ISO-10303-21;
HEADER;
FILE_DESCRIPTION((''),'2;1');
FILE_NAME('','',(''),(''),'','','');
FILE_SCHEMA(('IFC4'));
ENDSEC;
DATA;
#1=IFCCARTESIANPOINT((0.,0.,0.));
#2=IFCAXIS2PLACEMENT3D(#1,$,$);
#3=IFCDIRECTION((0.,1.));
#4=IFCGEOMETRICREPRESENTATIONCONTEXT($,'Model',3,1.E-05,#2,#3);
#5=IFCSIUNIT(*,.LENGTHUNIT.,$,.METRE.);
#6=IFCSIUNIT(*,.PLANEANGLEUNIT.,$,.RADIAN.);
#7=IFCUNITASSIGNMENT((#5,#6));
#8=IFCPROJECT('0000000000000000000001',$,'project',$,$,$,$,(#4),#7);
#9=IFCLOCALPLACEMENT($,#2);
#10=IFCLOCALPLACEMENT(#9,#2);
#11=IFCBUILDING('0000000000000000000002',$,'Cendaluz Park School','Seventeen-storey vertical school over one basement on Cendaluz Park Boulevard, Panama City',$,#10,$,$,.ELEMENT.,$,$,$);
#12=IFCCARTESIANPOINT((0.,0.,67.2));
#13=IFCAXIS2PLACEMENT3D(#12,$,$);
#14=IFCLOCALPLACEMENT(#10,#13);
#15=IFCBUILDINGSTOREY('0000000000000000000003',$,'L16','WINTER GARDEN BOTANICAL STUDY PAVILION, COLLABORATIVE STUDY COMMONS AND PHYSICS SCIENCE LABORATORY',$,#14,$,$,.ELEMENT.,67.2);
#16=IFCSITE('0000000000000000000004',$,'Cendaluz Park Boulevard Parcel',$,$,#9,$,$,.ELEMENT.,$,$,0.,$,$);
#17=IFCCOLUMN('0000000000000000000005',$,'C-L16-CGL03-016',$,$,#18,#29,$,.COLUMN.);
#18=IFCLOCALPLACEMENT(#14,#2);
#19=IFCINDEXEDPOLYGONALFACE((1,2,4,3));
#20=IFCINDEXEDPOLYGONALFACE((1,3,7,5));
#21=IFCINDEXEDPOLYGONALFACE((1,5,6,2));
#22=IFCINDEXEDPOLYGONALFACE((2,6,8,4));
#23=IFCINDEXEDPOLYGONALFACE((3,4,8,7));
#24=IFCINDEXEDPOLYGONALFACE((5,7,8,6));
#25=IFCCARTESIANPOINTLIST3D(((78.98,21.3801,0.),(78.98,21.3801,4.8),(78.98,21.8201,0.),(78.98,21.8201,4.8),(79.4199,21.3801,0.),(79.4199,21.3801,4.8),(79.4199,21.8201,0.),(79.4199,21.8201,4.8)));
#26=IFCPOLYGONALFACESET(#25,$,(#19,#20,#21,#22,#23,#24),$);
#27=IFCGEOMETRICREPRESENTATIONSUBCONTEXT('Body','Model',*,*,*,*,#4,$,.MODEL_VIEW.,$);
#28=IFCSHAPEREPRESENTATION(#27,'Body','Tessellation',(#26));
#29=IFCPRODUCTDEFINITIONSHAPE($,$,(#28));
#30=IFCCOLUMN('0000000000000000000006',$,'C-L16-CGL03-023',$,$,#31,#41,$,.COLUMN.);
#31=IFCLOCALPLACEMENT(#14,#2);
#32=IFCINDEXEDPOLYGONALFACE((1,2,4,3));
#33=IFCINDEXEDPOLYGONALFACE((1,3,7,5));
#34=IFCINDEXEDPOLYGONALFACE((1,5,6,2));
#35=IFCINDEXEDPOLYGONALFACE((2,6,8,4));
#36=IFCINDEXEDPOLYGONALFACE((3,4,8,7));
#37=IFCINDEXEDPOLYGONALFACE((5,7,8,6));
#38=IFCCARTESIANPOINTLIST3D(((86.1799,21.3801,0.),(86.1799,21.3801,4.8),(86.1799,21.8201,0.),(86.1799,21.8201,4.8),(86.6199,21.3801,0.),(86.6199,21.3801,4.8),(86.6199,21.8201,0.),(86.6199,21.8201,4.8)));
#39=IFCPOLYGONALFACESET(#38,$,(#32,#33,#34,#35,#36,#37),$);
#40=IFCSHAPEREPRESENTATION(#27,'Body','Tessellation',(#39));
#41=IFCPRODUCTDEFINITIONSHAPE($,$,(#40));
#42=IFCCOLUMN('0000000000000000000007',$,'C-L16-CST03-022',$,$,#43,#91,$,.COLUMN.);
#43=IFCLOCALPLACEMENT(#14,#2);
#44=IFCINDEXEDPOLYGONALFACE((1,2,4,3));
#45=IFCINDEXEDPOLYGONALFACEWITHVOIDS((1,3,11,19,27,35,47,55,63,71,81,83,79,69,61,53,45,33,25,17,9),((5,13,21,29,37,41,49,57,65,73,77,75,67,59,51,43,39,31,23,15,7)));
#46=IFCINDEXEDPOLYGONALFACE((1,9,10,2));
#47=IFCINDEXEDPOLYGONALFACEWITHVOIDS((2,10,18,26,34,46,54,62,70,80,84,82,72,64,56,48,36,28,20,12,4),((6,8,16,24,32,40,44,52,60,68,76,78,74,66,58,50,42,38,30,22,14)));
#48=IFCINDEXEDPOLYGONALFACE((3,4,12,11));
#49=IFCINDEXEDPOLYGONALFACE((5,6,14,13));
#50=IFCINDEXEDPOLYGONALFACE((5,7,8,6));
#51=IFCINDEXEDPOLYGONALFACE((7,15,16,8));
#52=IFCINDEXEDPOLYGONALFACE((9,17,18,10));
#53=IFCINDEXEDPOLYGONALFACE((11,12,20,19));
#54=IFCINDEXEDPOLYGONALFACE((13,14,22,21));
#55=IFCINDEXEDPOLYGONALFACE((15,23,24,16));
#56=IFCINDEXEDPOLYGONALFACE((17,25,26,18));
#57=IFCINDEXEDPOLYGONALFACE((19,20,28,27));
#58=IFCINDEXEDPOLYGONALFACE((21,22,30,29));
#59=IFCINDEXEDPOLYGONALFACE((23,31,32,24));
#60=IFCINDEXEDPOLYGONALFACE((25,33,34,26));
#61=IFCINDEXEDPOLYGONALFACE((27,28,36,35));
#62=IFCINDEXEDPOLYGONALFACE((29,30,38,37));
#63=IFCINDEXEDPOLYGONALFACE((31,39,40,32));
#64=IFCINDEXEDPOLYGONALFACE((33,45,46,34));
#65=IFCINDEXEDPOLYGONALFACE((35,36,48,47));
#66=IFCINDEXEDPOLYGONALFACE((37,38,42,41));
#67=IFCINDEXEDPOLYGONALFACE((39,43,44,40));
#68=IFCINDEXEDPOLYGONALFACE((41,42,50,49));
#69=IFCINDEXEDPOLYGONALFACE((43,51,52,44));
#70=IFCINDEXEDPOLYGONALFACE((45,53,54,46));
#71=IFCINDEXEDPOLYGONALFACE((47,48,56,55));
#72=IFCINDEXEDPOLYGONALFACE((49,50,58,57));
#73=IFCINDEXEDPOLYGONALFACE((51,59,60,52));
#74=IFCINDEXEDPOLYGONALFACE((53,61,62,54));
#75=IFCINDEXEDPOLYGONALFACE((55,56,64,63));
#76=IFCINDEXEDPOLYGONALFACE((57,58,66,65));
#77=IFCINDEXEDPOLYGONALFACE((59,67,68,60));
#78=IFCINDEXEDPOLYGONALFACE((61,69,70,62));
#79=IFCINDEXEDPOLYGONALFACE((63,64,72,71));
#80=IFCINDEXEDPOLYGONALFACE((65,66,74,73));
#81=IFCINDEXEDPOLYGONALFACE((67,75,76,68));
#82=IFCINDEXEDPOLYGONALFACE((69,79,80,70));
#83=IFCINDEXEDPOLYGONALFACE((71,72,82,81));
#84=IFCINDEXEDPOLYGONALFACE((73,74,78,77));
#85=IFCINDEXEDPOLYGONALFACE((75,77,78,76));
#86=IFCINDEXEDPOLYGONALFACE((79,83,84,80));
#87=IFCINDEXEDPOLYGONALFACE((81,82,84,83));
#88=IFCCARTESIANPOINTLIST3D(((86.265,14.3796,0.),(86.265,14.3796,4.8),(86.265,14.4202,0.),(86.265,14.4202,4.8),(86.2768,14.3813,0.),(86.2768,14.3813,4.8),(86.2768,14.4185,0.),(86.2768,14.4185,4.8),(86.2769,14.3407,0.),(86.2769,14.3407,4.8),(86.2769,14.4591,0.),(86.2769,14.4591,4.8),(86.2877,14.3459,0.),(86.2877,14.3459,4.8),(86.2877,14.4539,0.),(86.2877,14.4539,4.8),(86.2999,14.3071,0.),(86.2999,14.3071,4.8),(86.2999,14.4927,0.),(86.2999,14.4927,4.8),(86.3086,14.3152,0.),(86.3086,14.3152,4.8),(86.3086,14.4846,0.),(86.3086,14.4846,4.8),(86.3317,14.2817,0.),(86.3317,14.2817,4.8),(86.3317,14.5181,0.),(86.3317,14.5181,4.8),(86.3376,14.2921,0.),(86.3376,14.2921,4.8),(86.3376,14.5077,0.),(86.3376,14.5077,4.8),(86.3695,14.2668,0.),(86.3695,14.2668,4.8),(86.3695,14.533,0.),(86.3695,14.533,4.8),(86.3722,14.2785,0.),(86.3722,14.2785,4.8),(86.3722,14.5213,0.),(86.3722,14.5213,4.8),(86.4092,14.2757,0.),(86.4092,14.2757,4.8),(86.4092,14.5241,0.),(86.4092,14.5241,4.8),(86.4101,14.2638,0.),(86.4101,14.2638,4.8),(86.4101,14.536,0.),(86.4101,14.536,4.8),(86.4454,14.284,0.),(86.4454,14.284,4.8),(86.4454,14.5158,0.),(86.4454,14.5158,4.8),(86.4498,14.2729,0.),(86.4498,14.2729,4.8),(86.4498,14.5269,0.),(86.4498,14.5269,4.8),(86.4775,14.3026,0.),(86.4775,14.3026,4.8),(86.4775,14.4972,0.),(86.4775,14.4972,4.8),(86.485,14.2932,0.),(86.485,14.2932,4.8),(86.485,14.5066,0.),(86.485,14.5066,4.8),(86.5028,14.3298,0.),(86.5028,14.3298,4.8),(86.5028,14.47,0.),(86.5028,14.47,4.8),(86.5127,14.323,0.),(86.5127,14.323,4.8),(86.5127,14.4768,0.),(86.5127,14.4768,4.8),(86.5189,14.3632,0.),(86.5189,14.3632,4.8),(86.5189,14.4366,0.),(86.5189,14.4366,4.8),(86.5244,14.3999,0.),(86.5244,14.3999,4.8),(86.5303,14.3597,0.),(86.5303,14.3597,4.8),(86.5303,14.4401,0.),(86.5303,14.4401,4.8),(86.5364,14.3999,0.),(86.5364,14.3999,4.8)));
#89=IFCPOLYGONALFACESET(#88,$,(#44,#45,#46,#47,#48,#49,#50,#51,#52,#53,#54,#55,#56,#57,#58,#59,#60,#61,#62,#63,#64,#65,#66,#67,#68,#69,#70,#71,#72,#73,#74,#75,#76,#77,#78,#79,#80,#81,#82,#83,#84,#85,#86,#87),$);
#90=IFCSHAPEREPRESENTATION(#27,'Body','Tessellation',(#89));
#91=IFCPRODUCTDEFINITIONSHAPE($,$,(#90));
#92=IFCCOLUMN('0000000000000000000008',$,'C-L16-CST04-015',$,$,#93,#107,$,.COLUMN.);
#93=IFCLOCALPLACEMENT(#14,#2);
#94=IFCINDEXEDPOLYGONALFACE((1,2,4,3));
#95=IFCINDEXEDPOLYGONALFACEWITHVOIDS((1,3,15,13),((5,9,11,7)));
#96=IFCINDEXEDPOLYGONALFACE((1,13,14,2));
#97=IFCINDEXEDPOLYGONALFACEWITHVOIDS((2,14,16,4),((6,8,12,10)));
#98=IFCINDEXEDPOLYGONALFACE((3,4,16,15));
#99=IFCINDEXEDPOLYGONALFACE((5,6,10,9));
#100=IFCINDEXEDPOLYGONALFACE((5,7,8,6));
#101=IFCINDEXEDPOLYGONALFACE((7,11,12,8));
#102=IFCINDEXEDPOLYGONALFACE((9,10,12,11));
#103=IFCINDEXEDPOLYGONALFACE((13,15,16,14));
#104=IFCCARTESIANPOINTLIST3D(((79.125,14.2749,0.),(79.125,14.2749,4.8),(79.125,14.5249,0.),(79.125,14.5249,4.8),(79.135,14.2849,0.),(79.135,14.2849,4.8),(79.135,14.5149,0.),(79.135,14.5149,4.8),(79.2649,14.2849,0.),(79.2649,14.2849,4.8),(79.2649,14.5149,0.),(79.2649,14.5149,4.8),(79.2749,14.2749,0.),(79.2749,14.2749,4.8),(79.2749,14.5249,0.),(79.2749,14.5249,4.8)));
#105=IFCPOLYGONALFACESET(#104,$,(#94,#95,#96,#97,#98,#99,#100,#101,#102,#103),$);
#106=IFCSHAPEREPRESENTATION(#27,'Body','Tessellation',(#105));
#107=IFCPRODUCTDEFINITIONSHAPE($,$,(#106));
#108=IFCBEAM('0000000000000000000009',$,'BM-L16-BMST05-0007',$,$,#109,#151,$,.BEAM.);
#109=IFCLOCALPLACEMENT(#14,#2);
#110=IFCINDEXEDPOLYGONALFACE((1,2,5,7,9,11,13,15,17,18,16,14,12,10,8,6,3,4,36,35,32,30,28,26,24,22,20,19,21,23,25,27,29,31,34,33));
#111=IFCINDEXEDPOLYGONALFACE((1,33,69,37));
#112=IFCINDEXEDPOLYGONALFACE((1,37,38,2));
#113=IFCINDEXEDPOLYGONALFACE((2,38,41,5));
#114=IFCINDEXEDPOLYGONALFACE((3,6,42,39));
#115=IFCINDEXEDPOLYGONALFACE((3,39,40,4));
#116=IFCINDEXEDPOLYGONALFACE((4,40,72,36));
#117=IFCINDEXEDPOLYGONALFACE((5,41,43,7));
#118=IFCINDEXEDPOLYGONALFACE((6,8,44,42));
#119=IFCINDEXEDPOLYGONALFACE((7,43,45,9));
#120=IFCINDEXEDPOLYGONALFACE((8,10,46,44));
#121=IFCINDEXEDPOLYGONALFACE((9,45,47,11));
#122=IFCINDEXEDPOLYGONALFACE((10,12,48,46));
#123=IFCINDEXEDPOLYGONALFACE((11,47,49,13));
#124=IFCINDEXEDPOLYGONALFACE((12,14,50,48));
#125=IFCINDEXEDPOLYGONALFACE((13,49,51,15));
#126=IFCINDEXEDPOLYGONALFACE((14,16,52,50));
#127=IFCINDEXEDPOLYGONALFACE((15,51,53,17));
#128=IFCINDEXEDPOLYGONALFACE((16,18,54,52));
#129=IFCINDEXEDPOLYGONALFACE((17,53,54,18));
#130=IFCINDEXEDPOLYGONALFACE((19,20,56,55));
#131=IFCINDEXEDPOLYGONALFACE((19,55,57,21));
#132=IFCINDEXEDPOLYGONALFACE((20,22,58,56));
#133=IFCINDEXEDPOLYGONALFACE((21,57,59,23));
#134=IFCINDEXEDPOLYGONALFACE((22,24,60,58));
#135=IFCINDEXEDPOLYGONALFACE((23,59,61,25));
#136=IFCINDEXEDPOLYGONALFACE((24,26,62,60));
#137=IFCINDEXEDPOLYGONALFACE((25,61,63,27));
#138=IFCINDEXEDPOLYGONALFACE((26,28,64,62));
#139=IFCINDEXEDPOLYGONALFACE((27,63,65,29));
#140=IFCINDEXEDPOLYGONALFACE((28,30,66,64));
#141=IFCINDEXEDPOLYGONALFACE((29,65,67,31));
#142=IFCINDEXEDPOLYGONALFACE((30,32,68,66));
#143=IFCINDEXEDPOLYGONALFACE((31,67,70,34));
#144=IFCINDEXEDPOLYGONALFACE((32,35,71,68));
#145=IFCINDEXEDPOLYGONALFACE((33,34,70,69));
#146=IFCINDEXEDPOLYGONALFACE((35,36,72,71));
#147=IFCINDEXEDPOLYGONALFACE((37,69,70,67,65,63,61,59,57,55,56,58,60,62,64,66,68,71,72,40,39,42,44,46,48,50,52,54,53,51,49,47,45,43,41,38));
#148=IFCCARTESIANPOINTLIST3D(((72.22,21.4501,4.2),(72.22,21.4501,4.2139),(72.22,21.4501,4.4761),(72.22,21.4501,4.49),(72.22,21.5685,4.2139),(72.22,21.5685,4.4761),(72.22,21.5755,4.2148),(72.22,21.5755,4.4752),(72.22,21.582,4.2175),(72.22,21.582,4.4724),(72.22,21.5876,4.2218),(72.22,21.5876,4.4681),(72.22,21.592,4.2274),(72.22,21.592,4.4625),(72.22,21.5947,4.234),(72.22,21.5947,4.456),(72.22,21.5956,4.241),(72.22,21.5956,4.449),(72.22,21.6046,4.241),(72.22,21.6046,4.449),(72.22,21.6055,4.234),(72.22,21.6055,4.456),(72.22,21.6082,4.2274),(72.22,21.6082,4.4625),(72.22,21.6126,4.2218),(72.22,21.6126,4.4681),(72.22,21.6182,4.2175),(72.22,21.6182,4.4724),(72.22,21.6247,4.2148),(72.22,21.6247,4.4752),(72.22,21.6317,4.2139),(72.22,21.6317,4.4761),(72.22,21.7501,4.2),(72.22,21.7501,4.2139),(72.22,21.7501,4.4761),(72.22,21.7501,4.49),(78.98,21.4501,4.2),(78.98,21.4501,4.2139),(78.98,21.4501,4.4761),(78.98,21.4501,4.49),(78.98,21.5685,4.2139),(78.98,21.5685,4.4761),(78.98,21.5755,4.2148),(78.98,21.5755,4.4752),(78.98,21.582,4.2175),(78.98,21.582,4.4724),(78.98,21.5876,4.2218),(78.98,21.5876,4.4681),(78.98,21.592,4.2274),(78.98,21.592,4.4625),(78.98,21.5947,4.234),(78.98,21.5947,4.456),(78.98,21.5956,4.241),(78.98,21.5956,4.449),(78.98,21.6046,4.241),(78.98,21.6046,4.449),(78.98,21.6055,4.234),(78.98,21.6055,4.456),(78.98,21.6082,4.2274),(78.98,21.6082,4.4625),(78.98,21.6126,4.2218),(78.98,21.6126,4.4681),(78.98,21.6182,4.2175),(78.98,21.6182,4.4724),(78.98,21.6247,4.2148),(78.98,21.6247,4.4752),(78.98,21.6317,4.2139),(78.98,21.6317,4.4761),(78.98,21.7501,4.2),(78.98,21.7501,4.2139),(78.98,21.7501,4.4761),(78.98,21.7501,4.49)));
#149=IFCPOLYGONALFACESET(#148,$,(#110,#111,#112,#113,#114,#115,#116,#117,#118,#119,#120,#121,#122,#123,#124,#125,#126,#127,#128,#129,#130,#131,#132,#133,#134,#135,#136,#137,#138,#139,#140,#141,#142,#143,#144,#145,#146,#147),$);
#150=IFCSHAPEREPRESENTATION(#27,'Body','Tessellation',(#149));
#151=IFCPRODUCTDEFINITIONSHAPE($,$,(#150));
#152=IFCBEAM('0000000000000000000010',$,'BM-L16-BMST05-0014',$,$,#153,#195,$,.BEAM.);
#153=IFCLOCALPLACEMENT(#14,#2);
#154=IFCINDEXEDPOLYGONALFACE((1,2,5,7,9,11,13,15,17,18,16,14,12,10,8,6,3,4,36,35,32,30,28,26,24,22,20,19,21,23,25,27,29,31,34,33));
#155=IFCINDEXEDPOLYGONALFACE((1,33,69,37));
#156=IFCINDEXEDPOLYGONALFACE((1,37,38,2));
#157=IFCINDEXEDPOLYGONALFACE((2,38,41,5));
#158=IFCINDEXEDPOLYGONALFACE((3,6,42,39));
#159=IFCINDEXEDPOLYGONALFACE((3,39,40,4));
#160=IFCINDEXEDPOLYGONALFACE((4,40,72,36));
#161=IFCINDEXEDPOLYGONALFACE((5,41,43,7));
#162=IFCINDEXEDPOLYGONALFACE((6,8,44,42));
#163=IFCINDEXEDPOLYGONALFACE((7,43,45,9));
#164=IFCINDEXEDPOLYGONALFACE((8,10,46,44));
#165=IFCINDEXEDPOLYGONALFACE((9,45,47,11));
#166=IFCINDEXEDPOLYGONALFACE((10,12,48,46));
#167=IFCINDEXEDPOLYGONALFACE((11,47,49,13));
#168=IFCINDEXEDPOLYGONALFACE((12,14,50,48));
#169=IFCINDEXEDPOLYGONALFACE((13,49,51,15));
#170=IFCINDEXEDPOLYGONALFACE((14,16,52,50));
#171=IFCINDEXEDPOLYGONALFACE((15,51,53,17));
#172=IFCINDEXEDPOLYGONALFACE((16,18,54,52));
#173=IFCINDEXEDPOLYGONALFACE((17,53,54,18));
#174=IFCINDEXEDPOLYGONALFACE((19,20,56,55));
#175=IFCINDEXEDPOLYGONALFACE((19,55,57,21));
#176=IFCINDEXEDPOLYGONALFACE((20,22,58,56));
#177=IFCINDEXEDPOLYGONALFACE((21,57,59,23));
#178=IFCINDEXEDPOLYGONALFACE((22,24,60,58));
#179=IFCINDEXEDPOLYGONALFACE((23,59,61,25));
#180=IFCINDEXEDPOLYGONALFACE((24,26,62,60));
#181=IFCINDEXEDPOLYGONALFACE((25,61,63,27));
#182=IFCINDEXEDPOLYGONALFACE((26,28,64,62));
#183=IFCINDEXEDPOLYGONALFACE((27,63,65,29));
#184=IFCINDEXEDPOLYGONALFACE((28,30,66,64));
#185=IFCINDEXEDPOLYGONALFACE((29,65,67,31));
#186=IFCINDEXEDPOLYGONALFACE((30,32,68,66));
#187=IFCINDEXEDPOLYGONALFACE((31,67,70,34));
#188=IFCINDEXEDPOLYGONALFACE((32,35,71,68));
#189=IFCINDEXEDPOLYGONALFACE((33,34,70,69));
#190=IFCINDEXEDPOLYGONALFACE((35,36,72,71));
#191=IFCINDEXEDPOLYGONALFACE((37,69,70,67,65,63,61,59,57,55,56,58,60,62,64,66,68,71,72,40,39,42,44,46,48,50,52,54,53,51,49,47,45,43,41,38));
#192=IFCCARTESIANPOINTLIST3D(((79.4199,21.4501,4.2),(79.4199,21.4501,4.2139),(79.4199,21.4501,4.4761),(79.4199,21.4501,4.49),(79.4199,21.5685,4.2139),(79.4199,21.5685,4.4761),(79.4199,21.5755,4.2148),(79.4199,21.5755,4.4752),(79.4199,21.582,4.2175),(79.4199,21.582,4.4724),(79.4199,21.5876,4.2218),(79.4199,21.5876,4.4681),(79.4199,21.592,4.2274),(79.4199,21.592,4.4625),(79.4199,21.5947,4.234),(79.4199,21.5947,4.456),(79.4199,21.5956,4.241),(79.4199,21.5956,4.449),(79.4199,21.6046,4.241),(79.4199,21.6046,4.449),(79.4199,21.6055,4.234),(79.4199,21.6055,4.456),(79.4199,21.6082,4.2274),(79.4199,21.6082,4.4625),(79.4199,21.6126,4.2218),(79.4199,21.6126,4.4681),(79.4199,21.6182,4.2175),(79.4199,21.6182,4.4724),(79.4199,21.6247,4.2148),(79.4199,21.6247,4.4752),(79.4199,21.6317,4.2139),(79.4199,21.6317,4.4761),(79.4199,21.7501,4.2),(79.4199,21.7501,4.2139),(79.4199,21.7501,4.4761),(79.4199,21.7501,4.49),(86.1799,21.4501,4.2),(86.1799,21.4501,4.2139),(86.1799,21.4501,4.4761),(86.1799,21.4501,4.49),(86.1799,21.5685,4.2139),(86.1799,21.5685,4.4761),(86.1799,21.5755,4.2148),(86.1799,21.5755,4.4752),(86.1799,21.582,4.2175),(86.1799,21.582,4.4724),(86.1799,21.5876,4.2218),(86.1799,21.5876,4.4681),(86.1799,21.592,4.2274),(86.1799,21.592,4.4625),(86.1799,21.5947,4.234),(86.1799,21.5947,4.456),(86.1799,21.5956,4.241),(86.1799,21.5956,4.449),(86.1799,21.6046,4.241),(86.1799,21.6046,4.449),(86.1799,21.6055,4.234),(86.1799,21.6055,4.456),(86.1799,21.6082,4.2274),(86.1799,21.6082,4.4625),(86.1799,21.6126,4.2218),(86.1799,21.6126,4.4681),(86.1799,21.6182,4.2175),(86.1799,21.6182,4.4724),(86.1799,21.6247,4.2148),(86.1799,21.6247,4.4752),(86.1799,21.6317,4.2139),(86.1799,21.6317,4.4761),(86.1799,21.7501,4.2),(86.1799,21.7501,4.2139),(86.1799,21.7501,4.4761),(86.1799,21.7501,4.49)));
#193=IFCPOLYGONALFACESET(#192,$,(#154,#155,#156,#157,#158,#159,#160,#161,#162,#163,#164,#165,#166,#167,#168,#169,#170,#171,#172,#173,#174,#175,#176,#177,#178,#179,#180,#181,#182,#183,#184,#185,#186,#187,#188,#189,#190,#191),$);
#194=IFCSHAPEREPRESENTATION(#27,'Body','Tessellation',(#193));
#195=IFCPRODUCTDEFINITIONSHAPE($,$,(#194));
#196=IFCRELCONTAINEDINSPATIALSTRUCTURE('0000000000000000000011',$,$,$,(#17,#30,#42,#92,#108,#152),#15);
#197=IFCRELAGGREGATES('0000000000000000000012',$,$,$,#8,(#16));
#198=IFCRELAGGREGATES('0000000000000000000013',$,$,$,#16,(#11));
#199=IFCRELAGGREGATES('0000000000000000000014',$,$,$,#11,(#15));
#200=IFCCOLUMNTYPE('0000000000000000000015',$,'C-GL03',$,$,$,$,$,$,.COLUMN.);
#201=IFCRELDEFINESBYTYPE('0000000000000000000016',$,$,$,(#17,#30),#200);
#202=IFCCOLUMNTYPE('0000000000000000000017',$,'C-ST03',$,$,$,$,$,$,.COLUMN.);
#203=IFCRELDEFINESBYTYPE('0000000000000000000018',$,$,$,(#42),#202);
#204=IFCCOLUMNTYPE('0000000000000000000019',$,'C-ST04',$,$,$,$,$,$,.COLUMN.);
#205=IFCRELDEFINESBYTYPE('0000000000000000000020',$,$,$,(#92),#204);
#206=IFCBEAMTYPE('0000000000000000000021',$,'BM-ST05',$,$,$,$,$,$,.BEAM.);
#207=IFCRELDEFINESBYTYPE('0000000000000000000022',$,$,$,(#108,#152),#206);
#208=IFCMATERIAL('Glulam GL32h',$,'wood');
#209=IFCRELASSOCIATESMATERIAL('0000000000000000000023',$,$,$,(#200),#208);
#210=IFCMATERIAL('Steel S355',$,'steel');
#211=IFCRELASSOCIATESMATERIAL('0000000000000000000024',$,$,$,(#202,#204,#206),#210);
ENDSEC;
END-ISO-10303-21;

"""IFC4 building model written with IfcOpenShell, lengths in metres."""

from ifc_helpers import new_model, si_unit, direction, frame, origin, origin_2d, place, context, subcontext, project, spatial, rectangle, hollow_rectangle, hollow_circle, i_section, extrude, material, material_profile, profile_set, type_object, element, save


model = new_model("IFC4")

# Units and contexts
model_context = context("Model", 3, precision=1e-05, world=origin(), true_north=direction((0.0, 1.0)))
body_context = subcontext(model_context, "Body", "Model", "MODEL_VIEW")
ifc_project = project(units=[si_unit("LENGTHUNIT", "METRE"), si_unit("PLANEANGLEUNIT", "RADIAN")], contexts=[model_context])

# Site, building, storey
site_placement = place(None, origin())
site = spatial("IfcSite", under=ifc_project, at=site_placement, Name="Cendaluz Park Boulevard Parcel", CompositionType="ELEMENT", RefElevation=0.0)
building_placement = place(site_placement, origin())
building = spatial("IfcBuilding", under=site, at=building_placement, Name="Cendaluz Park School", Description="Seventeen-storey vertical school over one basement on Cendaluz Park Boulevard, Panama City", CompositionType="ELEMENT")
storey_placement = place(building_placement, frame((0.0, 0.0, 67.2)))
storey = spatial("IfcBuildingStorey", under=building, at=storey_placement, Name="L16", Description="WINTER GARDEN BOTANICAL STUDY PAVILION, COLLABORATIVE STUDY COMMONS AND PHYSICS SCIENCE LABORATORY", CompositionType="ELEMENT", Elevation=67.2)

# Columns
ifc_material_1 = material(Name="Glulam GL32h", Category="wood")
ifc_material_profile_1 = material_profile(ifc_material_1, rectangle(XDim=0.4399, YDim=0.4399, at=origin_2d()), Name="GL32h 440x440", Category="wood")
ifc_profile_set_1 = profile_set([ifc_material_profile_1], Name="Glulam GL32h")
column_type_1 = type_object("IfcColumnType", Name="C-GL03", PredefinedType="COLUMN", material=ifc_profile_set_1)
for number, where, z_axis, x_axis, name in (
    (1, (79.2, 21.6001, 0.0), (0.0, 0.0, 1.0), (1.0, 0.0, 0.0), "C-L16-CGL03-016"),
    (2, (86.3999, 21.6001, 0.0), (0.0, 0.0, 1.0), (1.0, 0.0, 0.0), "C-L16-CGL03-023"),
):
    element("IfcColumn", number, at=place(storey_placement, frame(where, z_axis=z_axis, x_axis=x_axis)), inside=storey, type_object=column_type_1, Name=name, PredefinedType="COLUMN", context=body_context, shape_type="SweptSolid", body=[
        extrude(rectangle(XDim=0.4399, YDim=0.4399, at=origin_2d()), origin(), (0.0, 0.0, 1.0), 4.8),
    ])
ifc_material_2 = material(Name="Steel S355", Category="steel")
ifc_material_profile_2 = material_profile(ifc_material_2, hollow_circle(Radius=0.1365, WallThickness=0.012, at=origin_2d()), Name="CHS 273x12", Category="steel")
ifc_profile_set_2 = profile_set([ifc_material_profile_2], Name="Steel S355")
column_type_2 = type_object("IfcColumnType", Name="C-ST03", PredefinedType="COLUMN", material=ifc_profile_set_2)
column_1_placement = place(storey_placement, frame((86.3999, 14.3999, 0.0), z_axis=(0.0, 0.0, 1.0), x_axis=(1.0, 0.0, 0.0)))
element("IfcColumn", 3, at=column_1_placement, inside=storey, type_object=column_type_2, Name="C-L16-CST03-022", PredefinedType="COLUMN", context=body_context, shape_type="SweptSolid", body=[
    extrude(hollow_circle(Radius=0.1365, WallThickness=0.012, at=origin_2d()), origin(), (0.0, 0.0, 1.0), 4.8),
])
ifc_material_profile_3 = material_profile(ifc_material_2, hollow_rectangle(XDim=0.1499, YDim=0.25, WallThickness=0.01, at=origin_2d()), Name="RHS 250x150x10", Category="steel")
ifc_profile_set_3 = profile_set([ifc_material_profile_3], Name="Steel S355")
column_type_3 = type_object("IfcColumnType", Name="C-ST04", PredefinedType="COLUMN", material=ifc_profile_set_3)
column_2_placement = place(storey_placement, frame((79.2, 14.3999, 0.0), z_axis=(0.0, 0.0, 1.0), x_axis=(1.0, 0.0, 0.0)))
element("IfcColumn", 4, at=column_2_placement, inside=storey, type_object=column_type_3, Name="C-L16-CST04-015", PredefinedType="COLUMN", context=body_context, shape_type="SweptSolid", body=[
    extrude(hollow_rectangle(XDim=0.1499, YDim=0.25, WallThickness=0.01, at=origin_2d()), origin(), (0.0, 0.0, 1.0), 4.8),
])

# Beams
ifc_material_profile_4 = material_profile(ifc_material_2, i_section(OverallWidth=0.3, OverallDepth=0.29, WebThickness=0.009, FlangeThickness=0.0139, FilletRadius=0.0271, at=origin_2d()), Name="HEA 300", Category="steel")
ifc_profile_set_4 = profile_set([ifc_material_profile_4], Name="Steel S355")
beam_type_1 = type_object("IfcBeamType", Name="BM-ST05", PredefinedType="BEAM", material=ifc_profile_set_4)
for number, where, z_axis, x_axis, name in (
    (5, (72.22, 21.6001, 4.345), (1.0, 0.0, 0.0), (0.0, 1.0, 0.0), "BM-L16-BMST05-0007"),
    (6, (79.4199, 21.6001, 4.345), (1.0, 0.0, 0.0), (0.0, 1.0, 0.0), "BM-L16-BMST05-0014"),
):
    element("IfcBeam", number, at=place(storey_placement, frame(where, z_axis=z_axis, x_axis=x_axis)), inside=storey, type_object=beam_type_1, Name=name, PredefinedType="BEAM", context=body_context, shape_type="SweptSolid", body=[
        extrude(i_section(OverallWidth=0.3, OverallDepth=0.29, WebThickness=0.009, FlangeThickness=0.0139, FilletRadius=0.0271, at=origin_2d()), origin(), (0.0, 0.0, 1.0), 6.76),
    ])

save(model, "model.ifc")
